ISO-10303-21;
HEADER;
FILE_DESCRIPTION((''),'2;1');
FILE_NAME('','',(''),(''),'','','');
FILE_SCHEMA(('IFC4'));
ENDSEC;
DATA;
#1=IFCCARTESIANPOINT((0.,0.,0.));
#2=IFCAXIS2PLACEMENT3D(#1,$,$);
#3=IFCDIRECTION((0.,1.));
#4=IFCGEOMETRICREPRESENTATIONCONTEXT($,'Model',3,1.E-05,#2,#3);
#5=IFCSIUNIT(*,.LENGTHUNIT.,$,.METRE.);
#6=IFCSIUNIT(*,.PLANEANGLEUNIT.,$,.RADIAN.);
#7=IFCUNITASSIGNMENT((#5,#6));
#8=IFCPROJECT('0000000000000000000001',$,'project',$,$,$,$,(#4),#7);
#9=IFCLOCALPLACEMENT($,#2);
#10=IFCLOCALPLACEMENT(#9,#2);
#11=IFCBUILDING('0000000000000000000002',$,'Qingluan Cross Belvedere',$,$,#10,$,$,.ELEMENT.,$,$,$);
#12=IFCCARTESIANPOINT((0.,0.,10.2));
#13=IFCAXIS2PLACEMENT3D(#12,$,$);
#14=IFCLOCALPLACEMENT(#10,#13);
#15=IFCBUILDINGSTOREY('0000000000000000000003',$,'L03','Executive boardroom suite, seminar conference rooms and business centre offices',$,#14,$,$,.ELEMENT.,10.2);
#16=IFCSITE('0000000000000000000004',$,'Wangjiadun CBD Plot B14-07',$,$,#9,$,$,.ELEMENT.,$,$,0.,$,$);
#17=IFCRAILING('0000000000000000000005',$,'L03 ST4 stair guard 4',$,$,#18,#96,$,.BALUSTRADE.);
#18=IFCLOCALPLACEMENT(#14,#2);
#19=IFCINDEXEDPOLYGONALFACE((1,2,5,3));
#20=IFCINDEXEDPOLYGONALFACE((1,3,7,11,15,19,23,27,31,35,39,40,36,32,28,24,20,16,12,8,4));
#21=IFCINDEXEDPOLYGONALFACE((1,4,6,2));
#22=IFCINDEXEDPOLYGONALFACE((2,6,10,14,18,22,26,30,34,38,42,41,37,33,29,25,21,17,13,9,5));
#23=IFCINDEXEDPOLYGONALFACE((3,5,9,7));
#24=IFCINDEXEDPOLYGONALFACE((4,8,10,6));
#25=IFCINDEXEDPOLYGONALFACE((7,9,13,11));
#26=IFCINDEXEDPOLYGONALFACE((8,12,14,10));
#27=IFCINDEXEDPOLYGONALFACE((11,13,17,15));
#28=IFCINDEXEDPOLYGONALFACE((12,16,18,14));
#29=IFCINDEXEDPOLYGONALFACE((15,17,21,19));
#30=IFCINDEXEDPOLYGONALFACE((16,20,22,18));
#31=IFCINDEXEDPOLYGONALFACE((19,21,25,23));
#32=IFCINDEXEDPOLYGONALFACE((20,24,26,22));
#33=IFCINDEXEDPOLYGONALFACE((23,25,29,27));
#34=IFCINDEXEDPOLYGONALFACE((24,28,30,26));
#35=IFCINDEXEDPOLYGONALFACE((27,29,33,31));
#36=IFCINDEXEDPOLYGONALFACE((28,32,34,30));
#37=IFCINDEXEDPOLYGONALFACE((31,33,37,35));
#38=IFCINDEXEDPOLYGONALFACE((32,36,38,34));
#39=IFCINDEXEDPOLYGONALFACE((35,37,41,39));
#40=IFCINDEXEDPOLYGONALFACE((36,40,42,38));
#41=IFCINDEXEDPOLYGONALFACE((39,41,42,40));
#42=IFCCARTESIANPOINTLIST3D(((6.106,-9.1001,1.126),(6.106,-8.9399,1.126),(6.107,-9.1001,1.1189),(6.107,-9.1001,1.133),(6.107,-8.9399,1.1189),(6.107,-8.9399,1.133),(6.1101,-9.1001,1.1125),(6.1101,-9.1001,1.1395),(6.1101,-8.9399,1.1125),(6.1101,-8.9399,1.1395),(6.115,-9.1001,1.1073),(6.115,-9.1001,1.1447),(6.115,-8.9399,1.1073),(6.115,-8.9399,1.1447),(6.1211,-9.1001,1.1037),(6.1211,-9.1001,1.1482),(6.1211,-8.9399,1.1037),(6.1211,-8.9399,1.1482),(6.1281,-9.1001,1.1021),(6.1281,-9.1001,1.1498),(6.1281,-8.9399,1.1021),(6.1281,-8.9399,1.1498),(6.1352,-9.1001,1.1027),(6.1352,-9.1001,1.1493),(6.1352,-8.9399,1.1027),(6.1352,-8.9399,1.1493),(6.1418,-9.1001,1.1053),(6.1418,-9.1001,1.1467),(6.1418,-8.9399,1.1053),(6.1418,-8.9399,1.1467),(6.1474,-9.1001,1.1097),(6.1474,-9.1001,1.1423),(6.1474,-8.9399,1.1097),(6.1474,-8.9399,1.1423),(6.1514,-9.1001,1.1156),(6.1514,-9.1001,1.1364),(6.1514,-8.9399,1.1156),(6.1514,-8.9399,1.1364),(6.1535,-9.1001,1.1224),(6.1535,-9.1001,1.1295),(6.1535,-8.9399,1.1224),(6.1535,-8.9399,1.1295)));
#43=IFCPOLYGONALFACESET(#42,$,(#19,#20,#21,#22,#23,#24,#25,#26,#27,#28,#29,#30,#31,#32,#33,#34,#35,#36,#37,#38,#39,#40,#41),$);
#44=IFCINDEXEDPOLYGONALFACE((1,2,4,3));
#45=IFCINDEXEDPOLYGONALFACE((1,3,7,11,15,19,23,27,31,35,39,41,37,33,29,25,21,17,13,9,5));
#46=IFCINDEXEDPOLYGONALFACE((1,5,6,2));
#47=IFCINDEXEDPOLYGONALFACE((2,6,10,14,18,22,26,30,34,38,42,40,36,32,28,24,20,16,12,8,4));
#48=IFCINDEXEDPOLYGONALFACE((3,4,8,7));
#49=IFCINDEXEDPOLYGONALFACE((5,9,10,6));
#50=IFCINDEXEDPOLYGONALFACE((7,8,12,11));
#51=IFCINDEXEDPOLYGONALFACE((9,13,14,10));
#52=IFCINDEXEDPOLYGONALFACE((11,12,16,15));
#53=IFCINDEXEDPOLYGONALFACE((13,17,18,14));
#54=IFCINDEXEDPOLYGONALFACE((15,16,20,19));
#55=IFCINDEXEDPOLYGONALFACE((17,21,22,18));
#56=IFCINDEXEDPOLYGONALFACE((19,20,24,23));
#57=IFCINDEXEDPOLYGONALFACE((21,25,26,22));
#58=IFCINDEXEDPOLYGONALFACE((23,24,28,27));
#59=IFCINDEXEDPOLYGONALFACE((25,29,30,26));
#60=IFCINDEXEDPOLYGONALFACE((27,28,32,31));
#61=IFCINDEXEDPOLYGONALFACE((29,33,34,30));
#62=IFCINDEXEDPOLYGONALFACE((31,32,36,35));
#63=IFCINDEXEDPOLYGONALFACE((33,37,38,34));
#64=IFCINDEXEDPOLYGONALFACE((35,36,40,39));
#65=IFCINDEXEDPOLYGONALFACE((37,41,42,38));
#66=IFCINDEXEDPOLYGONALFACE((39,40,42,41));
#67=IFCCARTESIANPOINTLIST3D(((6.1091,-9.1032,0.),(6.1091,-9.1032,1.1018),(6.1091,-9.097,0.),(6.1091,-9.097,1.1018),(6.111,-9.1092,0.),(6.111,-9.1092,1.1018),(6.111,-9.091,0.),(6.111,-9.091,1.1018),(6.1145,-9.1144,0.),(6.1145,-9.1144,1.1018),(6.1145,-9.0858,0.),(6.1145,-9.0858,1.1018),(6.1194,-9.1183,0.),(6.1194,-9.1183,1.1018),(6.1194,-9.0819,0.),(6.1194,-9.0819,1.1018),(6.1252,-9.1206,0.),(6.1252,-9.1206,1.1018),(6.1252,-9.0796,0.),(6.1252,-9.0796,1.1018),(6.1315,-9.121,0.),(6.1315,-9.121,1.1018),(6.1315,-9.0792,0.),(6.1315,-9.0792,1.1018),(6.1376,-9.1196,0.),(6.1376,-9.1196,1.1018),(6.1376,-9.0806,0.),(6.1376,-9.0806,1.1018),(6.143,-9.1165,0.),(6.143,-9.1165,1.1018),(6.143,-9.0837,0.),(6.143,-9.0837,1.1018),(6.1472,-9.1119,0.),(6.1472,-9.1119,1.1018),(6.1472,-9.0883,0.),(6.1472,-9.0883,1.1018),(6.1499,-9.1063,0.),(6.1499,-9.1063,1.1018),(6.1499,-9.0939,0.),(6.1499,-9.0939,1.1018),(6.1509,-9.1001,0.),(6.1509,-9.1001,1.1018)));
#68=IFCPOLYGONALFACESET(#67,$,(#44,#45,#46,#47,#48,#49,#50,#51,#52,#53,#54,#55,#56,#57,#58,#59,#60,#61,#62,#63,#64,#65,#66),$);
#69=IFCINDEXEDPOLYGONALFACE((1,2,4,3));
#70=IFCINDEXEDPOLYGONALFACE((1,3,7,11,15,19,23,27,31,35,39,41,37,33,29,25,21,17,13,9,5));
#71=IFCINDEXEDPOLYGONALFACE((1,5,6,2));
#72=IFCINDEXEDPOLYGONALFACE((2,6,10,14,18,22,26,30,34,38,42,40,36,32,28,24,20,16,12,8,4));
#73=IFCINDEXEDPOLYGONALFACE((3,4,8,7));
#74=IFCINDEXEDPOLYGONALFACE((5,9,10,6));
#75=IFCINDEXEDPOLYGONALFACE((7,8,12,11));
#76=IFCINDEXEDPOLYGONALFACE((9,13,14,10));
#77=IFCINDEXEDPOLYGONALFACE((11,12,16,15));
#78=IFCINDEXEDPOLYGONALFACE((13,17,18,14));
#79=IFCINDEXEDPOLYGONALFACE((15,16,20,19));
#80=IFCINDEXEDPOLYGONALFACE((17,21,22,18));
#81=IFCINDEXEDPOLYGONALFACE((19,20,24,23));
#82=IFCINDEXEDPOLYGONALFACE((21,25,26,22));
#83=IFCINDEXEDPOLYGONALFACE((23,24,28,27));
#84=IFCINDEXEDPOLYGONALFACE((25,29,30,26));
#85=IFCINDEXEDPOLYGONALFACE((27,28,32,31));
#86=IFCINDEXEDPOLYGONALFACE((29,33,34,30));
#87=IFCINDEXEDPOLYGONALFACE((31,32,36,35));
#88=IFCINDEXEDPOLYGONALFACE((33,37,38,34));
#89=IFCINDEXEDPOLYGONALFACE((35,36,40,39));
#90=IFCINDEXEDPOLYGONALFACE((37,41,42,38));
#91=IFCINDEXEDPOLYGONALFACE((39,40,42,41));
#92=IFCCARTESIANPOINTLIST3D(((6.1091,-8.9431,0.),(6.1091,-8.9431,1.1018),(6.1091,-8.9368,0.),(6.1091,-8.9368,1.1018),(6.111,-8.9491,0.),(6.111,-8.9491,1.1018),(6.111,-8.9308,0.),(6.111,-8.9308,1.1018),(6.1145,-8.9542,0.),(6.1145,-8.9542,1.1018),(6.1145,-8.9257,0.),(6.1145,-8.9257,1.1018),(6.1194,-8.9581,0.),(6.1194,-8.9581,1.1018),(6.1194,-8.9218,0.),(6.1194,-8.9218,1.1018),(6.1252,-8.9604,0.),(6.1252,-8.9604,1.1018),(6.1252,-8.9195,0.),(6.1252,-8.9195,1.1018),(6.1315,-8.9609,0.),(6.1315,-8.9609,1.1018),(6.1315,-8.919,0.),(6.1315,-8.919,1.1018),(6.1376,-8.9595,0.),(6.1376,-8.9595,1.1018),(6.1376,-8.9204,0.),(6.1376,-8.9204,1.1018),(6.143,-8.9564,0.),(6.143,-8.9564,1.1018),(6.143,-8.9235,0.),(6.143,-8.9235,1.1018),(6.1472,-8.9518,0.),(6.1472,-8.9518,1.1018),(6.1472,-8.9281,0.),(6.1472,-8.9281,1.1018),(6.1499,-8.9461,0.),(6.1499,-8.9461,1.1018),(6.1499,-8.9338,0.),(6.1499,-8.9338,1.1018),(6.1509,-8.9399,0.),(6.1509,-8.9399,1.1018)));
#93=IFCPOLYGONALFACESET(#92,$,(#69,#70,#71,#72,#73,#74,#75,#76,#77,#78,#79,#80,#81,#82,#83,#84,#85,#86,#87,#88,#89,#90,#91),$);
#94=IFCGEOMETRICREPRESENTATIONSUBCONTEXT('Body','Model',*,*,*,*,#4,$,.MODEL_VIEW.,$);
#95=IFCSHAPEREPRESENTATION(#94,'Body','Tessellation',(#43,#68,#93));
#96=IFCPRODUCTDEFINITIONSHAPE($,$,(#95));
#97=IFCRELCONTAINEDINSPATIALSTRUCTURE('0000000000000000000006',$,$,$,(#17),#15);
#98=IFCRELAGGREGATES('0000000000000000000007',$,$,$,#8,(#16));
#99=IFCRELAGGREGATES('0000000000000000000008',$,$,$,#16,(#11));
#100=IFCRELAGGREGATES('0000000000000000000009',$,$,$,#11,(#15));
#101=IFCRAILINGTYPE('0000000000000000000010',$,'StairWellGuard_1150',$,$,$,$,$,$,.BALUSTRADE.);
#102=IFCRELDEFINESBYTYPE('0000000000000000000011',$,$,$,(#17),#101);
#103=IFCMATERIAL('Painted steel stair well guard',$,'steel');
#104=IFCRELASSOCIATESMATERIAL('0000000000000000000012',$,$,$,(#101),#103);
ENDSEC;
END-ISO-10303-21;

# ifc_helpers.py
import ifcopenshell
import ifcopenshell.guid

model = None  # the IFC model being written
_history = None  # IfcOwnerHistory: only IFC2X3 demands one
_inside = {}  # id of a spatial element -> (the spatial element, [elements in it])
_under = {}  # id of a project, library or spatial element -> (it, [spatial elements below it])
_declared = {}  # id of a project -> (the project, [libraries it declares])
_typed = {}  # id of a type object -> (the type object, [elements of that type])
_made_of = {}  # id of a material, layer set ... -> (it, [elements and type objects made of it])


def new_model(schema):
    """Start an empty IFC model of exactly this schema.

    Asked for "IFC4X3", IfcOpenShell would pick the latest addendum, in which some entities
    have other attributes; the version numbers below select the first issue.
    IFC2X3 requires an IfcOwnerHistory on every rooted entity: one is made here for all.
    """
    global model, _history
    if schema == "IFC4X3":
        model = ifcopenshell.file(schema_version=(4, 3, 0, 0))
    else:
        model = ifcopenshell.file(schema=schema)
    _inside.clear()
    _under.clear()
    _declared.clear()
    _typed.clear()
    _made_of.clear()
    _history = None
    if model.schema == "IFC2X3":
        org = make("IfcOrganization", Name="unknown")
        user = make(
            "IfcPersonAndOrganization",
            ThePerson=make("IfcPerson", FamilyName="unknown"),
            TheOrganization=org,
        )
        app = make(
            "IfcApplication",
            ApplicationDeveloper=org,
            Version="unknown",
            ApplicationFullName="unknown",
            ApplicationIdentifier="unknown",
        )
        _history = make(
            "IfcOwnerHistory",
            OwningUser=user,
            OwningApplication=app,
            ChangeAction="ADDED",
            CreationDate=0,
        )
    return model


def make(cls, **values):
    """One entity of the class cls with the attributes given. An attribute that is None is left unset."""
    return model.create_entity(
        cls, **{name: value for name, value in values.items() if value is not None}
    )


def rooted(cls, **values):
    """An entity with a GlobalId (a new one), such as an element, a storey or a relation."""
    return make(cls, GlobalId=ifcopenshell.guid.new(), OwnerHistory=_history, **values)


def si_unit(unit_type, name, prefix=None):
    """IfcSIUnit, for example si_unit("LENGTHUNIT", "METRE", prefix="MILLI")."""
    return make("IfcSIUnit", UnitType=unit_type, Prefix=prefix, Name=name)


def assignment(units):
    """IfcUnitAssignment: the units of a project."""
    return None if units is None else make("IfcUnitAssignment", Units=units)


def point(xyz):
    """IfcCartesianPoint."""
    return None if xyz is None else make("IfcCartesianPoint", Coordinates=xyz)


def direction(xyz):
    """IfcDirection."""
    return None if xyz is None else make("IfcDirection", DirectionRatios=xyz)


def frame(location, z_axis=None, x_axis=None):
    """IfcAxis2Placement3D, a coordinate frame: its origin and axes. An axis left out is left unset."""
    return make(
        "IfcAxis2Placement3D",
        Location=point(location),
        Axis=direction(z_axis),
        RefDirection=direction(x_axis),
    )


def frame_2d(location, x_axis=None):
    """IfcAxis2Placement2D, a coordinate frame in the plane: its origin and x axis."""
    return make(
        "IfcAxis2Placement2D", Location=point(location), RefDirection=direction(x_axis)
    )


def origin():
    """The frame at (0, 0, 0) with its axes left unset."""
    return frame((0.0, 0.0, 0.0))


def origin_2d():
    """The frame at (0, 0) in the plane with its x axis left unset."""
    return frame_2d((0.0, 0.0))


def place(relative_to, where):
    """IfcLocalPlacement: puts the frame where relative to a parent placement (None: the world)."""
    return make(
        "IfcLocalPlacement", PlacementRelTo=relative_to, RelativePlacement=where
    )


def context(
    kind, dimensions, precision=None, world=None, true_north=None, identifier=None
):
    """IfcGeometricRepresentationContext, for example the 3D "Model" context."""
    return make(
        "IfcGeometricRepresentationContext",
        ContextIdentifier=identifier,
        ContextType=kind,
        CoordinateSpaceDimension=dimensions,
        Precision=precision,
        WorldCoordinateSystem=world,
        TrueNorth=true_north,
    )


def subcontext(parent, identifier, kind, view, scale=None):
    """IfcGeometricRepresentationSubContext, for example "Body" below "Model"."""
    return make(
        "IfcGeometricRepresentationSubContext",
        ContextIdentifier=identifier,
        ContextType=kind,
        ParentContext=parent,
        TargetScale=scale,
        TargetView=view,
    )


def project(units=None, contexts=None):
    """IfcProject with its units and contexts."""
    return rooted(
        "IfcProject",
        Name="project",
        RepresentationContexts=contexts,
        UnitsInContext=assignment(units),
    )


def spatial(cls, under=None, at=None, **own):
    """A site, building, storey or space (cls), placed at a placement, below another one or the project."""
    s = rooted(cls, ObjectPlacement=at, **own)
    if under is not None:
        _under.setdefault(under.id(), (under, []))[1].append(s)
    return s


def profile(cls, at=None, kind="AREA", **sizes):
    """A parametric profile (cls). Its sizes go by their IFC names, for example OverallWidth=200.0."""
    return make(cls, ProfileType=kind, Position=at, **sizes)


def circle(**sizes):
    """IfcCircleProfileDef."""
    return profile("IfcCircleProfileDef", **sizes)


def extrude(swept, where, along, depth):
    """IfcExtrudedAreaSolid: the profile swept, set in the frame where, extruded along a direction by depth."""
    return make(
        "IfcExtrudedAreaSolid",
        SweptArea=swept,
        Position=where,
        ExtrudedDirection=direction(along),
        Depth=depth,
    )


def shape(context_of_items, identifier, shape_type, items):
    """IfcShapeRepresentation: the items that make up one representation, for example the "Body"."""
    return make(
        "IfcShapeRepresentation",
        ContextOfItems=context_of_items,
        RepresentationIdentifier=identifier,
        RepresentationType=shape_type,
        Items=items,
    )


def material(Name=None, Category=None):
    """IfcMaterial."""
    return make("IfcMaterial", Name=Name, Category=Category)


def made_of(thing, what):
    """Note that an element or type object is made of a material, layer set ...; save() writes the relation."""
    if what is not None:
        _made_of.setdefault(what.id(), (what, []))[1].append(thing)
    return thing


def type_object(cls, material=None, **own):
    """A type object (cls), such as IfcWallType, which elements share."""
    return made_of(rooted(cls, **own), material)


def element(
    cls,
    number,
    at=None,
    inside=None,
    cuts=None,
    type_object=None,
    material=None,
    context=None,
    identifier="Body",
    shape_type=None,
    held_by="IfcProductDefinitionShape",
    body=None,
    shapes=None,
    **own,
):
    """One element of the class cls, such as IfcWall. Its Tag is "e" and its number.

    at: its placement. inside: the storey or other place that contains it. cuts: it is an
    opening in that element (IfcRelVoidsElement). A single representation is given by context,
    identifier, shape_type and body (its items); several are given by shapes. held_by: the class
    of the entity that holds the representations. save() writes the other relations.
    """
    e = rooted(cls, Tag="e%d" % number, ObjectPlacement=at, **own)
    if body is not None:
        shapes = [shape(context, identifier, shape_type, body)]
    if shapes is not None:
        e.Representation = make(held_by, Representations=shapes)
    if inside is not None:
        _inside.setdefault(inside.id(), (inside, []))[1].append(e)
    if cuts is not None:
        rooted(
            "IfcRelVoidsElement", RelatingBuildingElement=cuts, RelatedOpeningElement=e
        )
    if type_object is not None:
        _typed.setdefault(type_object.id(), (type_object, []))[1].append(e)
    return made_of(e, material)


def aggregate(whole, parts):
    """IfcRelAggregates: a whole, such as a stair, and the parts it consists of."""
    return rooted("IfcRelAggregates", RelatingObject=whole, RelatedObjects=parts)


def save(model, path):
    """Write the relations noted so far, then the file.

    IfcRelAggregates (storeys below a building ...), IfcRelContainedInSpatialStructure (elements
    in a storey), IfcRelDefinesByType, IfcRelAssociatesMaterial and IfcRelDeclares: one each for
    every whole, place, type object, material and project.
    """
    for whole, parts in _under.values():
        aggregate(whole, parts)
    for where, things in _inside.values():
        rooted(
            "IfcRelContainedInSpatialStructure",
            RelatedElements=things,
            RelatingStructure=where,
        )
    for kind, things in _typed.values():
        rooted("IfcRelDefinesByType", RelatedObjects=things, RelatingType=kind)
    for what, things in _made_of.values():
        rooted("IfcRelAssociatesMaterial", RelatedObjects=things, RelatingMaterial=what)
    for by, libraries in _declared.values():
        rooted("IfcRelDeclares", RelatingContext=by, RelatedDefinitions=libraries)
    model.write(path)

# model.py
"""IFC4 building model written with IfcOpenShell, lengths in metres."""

from ifc_helpers import new_model, si_unit, direction, frame, origin, origin_2d, place, context, subcontext, project, spatial, circle, extrude, material, type_object, element, save


model = new_model("IFC4")

# Units and contexts
model_context = context("Model", 3, precision=1e-05, world=origin(), true_north=direction((0.0, 1.0)))
body_context = subcontext(model_context, "Body", "Model", "MODEL_VIEW")
ifc_project = project(units=[si_unit("LENGTHUNIT", "METRE"), si_unit("PLANEANGLEUNIT", "RADIAN")], contexts=[model_context])

# Site, building, storey
site_placement = place(None, origin())
site = spatial("IfcSite", under=ifc_project, at=site_placement, Name="Wangjiadun CBD Plot B14-07", CompositionType="ELEMENT", RefElevation=0.0)
building_placement = place(site_placement, origin())
building = spatial("IfcBuilding", under=site, at=building_placement, Name="Qingluan Cross Belvedere", CompositionType="ELEMENT")
storey_placement = place(building_placement, frame((0.0, 0.0, 10.2)))
storey = spatial("IfcBuildingStorey", under=building, at=storey_placement, Name="L03", Description="Executive boardroom suite, seminar conference rooms and business centre offices", CompositionType="ELEMENT", Elevation=10.2)

# Railing
ifc_material_1 = material(Name="Painted steel stair well guard", Category="steel")
railing_type_1 = type_object("IfcRailingType", Name="StairWellGuard_1150", PredefinedType="BALUSTRADE", material=ifc_material_1)
railing_1_placement = place(storey_placement, frame((6.1299, -9.1001, 0.0)))
element("IfcRailing", 1, at=railing_1_placement, inside=storey, type_object=railing_type_1, Name="L03 ST4 stair guard 4", PredefinedType="BALUSTRADE", context=body_context, shape_type="SweptSolid", body=[
    extrude(circle(Radius=0.0239, at=origin_2d()), frame((0.0, 0.0, 1.126), z_axis=(0.0, 1.0, 0.0), x_axis=(-1.0, 0.0, 0.0)), (0.0, 0.0, 1.0), 0.1602),
    extrude(circle(Radius=0.021, at=origin_2d()), origin(), (0.0, 0.0, 1.0), 1.1018),
    extrude(circle(Radius=0.021, at=origin_2d()), frame((0.0, 0.1602, 0.0)), (0.0, 0.0, 1.0), 1.1018),
])

save(model, "model.ifc")
